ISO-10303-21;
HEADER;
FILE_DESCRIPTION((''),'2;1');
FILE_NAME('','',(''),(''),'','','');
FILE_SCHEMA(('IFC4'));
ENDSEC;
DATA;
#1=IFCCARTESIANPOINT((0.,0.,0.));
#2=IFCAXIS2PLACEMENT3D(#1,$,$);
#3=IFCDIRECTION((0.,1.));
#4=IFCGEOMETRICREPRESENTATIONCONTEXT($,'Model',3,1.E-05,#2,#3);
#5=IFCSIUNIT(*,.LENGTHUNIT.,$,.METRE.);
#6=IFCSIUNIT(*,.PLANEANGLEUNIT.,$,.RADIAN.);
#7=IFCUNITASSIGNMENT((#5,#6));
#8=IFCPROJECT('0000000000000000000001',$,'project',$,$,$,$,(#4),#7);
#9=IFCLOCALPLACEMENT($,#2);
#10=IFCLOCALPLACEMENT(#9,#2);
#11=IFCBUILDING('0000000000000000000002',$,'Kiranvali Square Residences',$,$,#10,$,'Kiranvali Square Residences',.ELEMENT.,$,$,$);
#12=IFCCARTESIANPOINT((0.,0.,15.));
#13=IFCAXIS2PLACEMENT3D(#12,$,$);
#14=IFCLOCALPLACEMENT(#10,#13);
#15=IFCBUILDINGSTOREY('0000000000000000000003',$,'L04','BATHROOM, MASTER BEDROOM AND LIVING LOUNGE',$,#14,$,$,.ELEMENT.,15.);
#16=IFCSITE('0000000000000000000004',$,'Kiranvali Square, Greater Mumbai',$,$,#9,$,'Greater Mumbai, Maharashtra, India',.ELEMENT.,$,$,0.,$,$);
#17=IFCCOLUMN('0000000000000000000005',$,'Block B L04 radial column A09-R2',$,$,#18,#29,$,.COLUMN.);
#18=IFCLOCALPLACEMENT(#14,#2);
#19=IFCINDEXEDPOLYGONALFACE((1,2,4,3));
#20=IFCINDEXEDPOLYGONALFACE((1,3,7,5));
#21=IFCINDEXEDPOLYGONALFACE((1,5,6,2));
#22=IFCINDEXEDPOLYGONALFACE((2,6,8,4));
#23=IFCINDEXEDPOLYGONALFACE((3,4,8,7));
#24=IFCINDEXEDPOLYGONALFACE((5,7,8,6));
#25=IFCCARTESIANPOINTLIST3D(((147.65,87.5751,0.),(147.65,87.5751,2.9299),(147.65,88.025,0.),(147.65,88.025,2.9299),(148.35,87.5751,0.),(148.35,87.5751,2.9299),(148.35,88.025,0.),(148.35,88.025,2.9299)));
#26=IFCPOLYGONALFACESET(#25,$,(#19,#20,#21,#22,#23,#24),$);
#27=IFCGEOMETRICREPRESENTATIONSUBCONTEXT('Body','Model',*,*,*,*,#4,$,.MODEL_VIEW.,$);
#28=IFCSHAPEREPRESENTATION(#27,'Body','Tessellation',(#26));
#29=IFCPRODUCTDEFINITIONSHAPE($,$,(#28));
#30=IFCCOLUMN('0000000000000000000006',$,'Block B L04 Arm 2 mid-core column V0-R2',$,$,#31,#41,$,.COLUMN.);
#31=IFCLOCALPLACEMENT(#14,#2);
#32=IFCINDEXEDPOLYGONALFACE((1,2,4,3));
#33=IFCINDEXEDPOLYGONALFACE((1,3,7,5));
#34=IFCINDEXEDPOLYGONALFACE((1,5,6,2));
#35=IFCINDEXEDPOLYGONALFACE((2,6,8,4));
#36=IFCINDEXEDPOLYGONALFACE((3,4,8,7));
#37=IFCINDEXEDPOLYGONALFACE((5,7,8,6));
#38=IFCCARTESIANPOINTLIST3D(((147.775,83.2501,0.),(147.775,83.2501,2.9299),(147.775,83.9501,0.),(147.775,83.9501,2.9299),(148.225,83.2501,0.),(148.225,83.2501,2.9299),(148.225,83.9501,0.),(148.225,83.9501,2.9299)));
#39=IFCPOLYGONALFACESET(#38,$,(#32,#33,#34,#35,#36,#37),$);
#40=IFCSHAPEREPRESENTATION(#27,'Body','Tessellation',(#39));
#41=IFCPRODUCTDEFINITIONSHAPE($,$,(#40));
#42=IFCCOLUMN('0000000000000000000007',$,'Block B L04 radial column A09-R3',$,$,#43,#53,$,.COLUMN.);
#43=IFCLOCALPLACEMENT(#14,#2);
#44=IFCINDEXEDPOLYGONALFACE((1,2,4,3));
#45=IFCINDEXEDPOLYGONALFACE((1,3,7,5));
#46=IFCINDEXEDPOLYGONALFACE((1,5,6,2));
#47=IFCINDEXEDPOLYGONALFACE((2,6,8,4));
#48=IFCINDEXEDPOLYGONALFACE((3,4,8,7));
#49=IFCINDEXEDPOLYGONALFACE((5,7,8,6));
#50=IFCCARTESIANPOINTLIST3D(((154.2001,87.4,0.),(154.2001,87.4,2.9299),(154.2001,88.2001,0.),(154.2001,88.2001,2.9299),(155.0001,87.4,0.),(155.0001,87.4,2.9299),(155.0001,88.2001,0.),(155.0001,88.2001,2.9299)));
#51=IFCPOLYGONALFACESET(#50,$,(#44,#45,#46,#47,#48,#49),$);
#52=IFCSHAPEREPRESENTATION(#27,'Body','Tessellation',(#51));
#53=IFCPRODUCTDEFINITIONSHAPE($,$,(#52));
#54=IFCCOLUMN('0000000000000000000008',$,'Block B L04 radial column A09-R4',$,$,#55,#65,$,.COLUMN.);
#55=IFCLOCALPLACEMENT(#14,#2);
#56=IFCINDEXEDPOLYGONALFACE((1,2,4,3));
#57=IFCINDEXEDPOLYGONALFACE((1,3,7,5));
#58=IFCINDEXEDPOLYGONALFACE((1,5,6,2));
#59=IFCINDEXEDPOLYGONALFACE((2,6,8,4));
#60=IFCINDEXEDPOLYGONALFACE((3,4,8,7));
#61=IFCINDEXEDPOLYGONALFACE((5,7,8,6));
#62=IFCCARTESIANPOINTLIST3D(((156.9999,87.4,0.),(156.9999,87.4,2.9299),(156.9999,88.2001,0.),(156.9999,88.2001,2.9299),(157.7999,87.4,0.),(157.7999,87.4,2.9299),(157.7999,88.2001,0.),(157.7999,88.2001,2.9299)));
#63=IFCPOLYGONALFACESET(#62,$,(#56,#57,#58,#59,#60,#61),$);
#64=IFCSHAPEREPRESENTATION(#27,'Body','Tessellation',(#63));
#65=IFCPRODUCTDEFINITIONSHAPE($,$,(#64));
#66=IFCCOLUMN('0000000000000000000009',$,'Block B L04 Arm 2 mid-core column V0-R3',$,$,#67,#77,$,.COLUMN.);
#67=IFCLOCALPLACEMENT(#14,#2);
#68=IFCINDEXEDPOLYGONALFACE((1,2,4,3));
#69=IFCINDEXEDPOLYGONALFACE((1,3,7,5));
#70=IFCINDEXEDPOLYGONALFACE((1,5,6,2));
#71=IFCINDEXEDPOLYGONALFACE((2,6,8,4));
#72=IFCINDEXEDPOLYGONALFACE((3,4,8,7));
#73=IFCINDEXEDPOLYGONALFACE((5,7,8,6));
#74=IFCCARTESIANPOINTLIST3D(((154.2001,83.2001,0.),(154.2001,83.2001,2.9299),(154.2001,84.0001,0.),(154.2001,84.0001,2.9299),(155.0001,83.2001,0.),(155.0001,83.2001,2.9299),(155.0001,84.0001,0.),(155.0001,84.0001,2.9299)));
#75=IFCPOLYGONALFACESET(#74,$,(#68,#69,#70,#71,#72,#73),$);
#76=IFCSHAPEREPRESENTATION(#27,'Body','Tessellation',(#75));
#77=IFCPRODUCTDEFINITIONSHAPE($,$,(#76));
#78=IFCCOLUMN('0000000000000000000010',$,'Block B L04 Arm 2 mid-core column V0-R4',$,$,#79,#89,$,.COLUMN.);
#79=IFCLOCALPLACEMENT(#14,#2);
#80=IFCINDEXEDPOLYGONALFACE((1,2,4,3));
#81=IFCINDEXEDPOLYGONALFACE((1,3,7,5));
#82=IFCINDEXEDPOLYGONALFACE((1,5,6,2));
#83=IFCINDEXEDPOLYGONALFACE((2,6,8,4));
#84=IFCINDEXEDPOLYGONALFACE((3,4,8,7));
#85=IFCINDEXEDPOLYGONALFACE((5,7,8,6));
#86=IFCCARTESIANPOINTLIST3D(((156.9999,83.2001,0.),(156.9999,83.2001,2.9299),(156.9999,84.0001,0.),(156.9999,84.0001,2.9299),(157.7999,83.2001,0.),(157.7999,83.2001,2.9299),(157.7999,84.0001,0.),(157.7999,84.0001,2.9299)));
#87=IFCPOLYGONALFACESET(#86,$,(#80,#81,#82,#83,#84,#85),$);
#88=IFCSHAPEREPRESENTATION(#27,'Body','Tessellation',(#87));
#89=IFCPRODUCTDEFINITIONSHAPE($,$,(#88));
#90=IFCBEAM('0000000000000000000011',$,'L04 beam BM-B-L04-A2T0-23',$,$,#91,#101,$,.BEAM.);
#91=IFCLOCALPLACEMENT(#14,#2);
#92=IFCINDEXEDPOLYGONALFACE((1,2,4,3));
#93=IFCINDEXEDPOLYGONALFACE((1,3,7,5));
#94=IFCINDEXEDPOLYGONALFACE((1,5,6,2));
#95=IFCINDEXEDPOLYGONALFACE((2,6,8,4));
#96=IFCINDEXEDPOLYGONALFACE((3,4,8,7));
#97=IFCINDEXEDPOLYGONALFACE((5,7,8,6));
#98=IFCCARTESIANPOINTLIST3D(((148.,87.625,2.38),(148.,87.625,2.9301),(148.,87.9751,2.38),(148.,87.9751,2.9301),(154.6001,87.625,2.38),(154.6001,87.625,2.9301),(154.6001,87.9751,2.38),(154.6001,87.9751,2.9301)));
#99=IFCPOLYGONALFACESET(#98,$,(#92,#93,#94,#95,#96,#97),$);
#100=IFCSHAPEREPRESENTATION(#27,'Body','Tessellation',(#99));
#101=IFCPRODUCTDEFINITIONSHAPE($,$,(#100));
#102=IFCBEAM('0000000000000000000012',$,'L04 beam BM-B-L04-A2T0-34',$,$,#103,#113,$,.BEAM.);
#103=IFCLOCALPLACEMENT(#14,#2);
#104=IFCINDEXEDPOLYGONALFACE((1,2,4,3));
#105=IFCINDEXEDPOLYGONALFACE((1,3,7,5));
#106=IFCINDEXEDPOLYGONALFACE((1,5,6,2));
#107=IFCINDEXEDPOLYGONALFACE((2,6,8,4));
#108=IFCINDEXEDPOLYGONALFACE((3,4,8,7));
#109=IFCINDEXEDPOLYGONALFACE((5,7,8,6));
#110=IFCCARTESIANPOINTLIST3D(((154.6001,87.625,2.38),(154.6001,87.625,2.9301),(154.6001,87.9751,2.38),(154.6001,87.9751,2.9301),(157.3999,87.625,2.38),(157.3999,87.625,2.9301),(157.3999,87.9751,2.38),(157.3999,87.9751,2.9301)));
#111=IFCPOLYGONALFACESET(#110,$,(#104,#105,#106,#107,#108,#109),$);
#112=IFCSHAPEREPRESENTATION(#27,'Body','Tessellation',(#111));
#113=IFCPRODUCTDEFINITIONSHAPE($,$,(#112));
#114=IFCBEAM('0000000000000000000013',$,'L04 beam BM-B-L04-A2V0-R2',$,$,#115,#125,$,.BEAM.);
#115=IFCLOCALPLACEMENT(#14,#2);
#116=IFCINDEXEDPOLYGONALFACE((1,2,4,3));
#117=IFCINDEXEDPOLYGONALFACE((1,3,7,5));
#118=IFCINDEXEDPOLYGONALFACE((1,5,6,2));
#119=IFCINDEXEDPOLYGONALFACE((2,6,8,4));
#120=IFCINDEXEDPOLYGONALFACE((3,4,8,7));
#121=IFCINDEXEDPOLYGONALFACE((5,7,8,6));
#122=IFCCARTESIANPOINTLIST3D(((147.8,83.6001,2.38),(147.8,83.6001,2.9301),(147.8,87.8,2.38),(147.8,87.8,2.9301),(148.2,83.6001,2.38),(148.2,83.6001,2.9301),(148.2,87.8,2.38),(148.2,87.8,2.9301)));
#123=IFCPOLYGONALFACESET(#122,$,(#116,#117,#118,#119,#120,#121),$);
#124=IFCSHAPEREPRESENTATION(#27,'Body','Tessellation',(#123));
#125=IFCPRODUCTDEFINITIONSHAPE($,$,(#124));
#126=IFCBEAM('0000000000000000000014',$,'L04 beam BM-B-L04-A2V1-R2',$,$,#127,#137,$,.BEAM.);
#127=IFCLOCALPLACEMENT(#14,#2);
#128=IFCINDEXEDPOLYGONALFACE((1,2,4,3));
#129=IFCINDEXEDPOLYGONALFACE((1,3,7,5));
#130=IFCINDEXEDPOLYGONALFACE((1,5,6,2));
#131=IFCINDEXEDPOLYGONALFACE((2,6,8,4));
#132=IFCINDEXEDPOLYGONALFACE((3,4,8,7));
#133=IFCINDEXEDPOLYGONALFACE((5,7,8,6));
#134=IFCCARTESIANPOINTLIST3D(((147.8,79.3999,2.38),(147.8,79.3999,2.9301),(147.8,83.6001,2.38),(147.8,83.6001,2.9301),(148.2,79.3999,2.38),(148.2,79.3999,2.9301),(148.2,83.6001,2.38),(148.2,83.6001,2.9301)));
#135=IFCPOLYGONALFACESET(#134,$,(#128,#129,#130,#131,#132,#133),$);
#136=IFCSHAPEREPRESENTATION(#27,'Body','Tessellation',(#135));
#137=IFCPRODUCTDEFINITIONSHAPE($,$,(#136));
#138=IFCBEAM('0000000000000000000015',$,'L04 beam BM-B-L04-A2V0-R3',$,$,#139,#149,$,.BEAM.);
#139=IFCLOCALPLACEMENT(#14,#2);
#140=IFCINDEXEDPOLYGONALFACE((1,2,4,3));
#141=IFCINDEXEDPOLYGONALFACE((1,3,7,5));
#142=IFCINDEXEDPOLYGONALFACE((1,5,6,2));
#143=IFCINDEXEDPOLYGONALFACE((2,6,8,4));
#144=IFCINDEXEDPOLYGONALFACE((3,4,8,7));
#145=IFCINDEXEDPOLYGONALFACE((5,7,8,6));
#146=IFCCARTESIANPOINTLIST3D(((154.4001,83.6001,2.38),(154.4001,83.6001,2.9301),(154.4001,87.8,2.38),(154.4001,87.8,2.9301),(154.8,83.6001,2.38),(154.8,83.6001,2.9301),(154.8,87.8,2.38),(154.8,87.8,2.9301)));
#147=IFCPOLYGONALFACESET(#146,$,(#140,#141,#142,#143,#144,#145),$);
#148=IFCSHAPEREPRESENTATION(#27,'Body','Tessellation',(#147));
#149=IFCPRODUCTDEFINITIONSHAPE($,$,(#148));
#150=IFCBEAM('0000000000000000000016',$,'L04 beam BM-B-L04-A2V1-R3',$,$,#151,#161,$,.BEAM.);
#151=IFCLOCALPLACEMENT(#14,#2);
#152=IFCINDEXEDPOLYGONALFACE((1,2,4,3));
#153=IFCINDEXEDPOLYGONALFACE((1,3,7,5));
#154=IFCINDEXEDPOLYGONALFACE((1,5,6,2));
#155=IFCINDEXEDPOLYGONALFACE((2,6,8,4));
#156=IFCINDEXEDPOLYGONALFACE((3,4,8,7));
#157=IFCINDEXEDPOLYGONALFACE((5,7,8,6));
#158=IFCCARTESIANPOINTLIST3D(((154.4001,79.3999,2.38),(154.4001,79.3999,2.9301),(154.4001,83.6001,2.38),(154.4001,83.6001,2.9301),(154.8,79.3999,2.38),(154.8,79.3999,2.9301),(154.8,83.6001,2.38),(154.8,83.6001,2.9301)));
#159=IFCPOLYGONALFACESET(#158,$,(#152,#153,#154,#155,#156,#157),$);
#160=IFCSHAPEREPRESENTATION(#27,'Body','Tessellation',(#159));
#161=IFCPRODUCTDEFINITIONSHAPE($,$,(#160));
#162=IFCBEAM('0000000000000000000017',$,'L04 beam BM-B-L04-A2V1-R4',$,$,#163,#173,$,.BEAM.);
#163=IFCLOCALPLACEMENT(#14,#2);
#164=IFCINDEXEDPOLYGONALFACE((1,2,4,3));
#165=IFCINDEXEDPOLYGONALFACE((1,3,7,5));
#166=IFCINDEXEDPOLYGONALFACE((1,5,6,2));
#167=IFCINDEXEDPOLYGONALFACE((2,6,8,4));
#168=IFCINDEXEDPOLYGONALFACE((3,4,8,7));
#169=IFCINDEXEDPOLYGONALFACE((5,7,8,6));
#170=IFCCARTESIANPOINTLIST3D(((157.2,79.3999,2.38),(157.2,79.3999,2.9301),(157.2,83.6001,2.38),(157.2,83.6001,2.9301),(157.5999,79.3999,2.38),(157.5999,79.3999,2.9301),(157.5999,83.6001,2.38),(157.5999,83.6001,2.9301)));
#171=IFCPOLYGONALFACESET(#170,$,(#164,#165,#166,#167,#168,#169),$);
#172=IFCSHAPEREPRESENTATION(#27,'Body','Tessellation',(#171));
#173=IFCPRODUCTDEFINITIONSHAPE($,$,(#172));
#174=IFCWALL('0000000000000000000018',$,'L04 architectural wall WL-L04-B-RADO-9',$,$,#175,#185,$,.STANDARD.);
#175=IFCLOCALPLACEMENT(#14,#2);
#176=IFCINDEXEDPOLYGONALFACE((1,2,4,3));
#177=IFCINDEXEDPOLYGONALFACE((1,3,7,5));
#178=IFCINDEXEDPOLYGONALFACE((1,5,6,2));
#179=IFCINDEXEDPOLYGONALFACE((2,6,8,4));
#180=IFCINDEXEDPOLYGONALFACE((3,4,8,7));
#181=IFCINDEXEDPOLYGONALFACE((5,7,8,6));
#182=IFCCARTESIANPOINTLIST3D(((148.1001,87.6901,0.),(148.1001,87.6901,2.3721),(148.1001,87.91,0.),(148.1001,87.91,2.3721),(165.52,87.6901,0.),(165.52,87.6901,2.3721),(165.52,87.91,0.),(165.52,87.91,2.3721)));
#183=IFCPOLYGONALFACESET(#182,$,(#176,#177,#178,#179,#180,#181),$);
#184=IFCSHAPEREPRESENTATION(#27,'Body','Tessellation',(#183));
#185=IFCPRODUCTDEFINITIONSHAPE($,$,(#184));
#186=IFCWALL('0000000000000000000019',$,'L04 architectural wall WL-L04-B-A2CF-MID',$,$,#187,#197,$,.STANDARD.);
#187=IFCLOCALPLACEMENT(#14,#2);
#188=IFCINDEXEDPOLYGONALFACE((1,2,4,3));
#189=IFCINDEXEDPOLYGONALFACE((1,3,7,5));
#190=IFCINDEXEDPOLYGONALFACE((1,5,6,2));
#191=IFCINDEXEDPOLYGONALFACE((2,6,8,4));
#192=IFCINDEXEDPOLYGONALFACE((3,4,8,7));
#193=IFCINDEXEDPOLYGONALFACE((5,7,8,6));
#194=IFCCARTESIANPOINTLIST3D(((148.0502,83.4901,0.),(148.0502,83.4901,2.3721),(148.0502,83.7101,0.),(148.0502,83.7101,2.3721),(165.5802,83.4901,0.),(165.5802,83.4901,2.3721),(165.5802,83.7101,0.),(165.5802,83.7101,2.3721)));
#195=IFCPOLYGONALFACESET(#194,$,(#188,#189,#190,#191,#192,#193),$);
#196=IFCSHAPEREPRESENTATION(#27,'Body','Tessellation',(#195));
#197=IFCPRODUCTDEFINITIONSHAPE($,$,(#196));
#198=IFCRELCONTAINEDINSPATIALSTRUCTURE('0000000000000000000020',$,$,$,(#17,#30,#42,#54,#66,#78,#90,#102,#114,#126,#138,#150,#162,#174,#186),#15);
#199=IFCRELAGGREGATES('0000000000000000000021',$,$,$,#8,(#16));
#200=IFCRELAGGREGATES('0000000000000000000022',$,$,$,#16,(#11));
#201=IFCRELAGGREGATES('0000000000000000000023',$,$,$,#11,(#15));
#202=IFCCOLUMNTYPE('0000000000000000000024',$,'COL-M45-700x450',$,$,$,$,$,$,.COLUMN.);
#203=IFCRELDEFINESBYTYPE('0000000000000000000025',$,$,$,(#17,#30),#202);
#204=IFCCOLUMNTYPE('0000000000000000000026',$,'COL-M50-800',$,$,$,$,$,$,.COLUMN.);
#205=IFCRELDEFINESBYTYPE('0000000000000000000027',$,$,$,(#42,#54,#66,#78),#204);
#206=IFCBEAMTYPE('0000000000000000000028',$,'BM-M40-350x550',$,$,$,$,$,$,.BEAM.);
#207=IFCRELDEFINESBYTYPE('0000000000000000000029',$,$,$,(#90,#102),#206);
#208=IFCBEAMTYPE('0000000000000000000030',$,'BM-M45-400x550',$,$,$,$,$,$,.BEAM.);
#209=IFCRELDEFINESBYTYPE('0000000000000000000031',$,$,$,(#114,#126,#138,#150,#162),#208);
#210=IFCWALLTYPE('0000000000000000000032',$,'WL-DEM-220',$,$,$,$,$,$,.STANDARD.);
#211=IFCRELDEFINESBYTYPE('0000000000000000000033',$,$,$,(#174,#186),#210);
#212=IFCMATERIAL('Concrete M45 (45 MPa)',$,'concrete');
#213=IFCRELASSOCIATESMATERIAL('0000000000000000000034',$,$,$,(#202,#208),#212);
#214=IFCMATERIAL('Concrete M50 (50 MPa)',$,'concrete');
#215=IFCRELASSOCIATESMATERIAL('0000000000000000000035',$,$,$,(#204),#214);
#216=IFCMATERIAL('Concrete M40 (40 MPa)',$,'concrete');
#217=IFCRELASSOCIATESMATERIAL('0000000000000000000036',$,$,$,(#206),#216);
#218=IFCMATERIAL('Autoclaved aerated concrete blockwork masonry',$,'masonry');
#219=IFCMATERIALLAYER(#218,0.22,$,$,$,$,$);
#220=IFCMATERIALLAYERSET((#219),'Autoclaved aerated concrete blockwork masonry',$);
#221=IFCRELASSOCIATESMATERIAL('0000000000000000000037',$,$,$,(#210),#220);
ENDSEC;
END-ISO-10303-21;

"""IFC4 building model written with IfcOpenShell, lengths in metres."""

from ifc_helpers import new_model, si_unit, direction, frame, frame_2d, origin, origin_2d, place, context, subcontext, project, spatial, rectangle, extrude, material, layer, layer_set, material_profile, profile_set, type_object, element, save


model = new_model("IFC4")

# Units and contexts
model_context = context("Model", 3, precision=1e-05, world=origin(), true_north=direction((0.0, 1.0)))
body_context = subcontext(model_context, "Body", "Model", "MODEL_VIEW")
ifc_project = project(units=[si_unit("LENGTHUNIT", "METRE"), si_unit("PLANEANGLEUNIT", "RADIAN")], contexts=[model_context])

# Site, building, storey
site_placement = place(None, origin())
site = spatial("IfcSite", under=ifc_project, at=site_placement, Name="Kiranvali Square, Greater Mumbai", LongName="Greater Mumbai, Maharashtra, India", CompositionType="ELEMENT", RefElevation=0.0)
building_placement = place(site_placement, origin())
building = spatial("IfcBuilding", under=site, at=building_placement, Name="Kiranvali Square Residences", LongName="Kiranvali Square Residences", CompositionType="ELEMENT")
storey_placement = place(building_placement, frame((0.0, 0.0, 15.0)))
storey = spatial("IfcBuildingStorey", under=building, at=storey_placement, Name="L04", Description="BATHROOM, MASTER BEDROOM AND LIVING LOUNGE", CompositionType="ELEMENT", Elevation=15.0)

# Columns
ifc_material_1 = material(Name="Concrete M45 (45 MPa)", Category="concrete")
ifc_material_profile_1 = material_profile(ifc_material_1, rectangle(XDim=0.45, YDim=0.7, at=origin_2d()), Name="RC 700x450")
ifc_profile_set_1 = profile_set([ifc_material_profile_1], Name="Concrete M45 (45 MPa)")
column_type_1 = type_object("IfcColumnType", Name="COL-M45-700x450", PredefinedType="COLUMN", material=ifc_profile_set_1)
for number, where, z_axis, x_axis, name in (
    (1, (148.0, 87.8, 0.0), (0.0, 0.0, 1.0), (0.0, 1.0, 0.0), "Block B L04 radial column A09-R2"),
    (2, (148.0, 83.6001, 0.0), (0.0, 0.0, 1.0), (1.0, 0.0, 0.0), "Block B L04 Arm 2 mid-core column V0-R2"),
):
    element("IfcColumn", number, at=place(storey_placement, frame(where, z_axis=z_axis, x_axis=x_axis)), inside=storey, type_object=column_type_1, Name=name, PredefinedType="COLUMN", context=body_context, shape_type="SweptSolid", body=[
        extrude(rectangle(XDim=0.45, YDim=0.7, at=origin_2d()), origin(), (0.0, 0.0, 1.0), 2.9299),
    ])
ifc_material_2 = material(Name="Concrete M50 (50 MPa)", Category="concrete")
ifc_material_profile_2 = material_profile(ifc_material_2, rectangle(XDim=0.8, YDim=0.8, at=origin_2d()), Name="RC 800x800")
ifc_profile_set_2 = profile_set([ifc_material_profile_2], Name="Concrete M50 (50 MPa)")
column_type_2 = type_object("IfcColumnType", Name="COL-M50-800", PredefinedType="COLUMN", material=ifc_profile_set_2)
for number, where, z_axis, x_axis, name in (
    (3, (154.6001, 87.8, 0.0), (0.0, 0.0, 1.0), (0.0, 1.0, 0.0), "Block B L04 radial column A09-R3"),
    (4, (157.3999, 87.8, 0.0), (0.0, 0.0, 1.0), (0.0, 1.0, 0.0), "Block B L04 radial column A09-R4"),
    (5, (154.6001, 83.6001, 0.0), (0.0, 0.0, 1.0), (1.0, 0.0, 0.0), "Block B L04 Arm 2 mid-core column V0-R3"),
    (6, (157.3999, 83.6001, 0.0), (0.0, 0.0, 1.0), (1.0, 0.0, 0.0), "Block B L04 Arm 2 mid-core column V0-R4"),
):
    element("IfcColumn", number, at=place(storey_placement, frame(where, z_axis=z_axis, x_axis=x_axis)), inside=storey, type_object=column_type_2, Name=name, PredefinedType="COLUMN", context=body_context, shape_type="SweptSolid", body=[
        extrude(rectangle(XDim=0.8, YDim=0.8, at=origin_2d()), origin(), (0.0, 0.0, 1.0), 2.9299),
    ])

# Beams
ifc_material_3 = material(Name="Concrete M40 (40 MPa)", Category="concrete")
ifc_material_profile_3 = material_profile(ifc_material_3, rectangle(XDim=0.3501, YDim=0.55, at=origin_2d()), Name="RC 350x550")
ifc_profile_set_3 = profile_set([ifc_material_profile_3], Name="Concrete M40 (40 MPa)")
beam_type_1 = type_object("IfcBeamType", Name="BM-M40-350x550", PredefinedType="BEAM", material=ifc_profile_set_3)
beam_1_placement = place(storey_placement, frame((148.0, 87.8, 2.655), z_axis=(1.0, 0.0, 0.0), x_axis=(0.0, 1.0, 0.0)))
element("IfcBeam", 7, at=beam_1_placement, inside=storey, type_object=beam_type_1, Name="L04 beam BM-B-L04-A2T0-23", PredefinedType="BEAM", context=body_context, shape_type="SweptSolid", body=[
    extrude(rectangle(XDim=0.3501, YDim=0.55, at=origin_2d()), origin(), (0.0, 0.0, 1.0), 6.6001),
])
beam_2_placement = place(storey_placement, frame((154.6001, 87.8, 2.655), z_axis=(1.0, 0.0, 0.0), x_axis=(0.0, 1.0, 0.0)))
element("IfcBeam", 8, at=beam_2_placement, inside=storey, type_object=beam_type_1, Name="L04 beam BM-B-L04-A2T0-34", PredefinedType="BEAM", context=body_context, shape_type="SweptSolid", body=[
    extrude(rectangle(XDim=0.3501, YDim=0.55, at=origin_2d()), origin(), (0.0, 0.0, 1.0), 2.7998),
])
ifc_material_profile_4 = material_profile(ifc_material_1, rectangle(XDim=0.3999, YDim=0.55, at=origin_2d()), Name="RC 400x550")
ifc_profile_set_4 = profile_set([ifc_material_profile_4], Name="Concrete M45 (45 MPa)")
beam_type_2 = type_object("IfcBeamType", Name="BM-M45-400x550", PredefinedType="BEAM", material=ifc_profile_set_4)
beam_3_placement = place(storey_placement, frame((148.0, 87.8, 2.655), z_axis=(0.0, -1.0, 0.0), x_axis=(1.0, 0.0, 0.0)))
element("IfcBeam", 9, at=beam_3_placement, inside=storey, type_object=beam_type_2, Name="L04 beam BM-B-L04-A2V0-R2", PredefinedType="BEAM", context=body_context, shape_type="SweptSolid", body=[
    extrude(rectangle(XDim=0.3999, YDim=0.55, at=origin_2d()), origin(), (0.0, 0.0, 1.0), 4.2),
])
beam_4_placement = place(storey_placement, frame((148.0, 83.6001, 2.655), z_axis=(0.0, -1.0, 0.0), x_axis=(1.0, 0.0, 0.0)))
element("IfcBeam", 10, at=beam_4_placement, inside=storey, type_object=beam_type_2, Name="L04 beam BM-B-L04-A2V1-R2", PredefinedType="BEAM", context=body_context, shape_type="SweptSolid", body=[
    extrude(rectangle(XDim=0.3999, YDim=0.55, at=origin_2d()), origin(), (0.0, 0.0, 1.0), 4.2002),
])
beam_5_placement = place(storey_placement, frame((154.6001, 87.8, 2.655), z_axis=(0.0, -1.0, 0.0), x_axis=(1.0, 0.0, 0.0)))
element("IfcBeam", 11, at=beam_5_placement, inside=storey, type_object=beam_type_2, Name="L04 beam BM-B-L04-A2V0-R3", PredefinedType="BEAM", context=body_context, shape_type="SweptSolid", body=[
    extrude(rectangle(XDim=0.3999, YDim=0.55, at=origin_2d()), origin(), (0.0, 0.0, 1.0), 4.2),
])
for number, where, z_axis, x_axis, name in (
    (12, (154.6001, 83.6001, 2.655), (0.0, -1.0, 0.0), (1.0, 0.0, 0.0), "L04 beam BM-B-L04-A2V1-R3"),
    (13, (157.3999, 83.6001, 2.655), (0.0, -1.0, 0.0), (1.0, 0.0, 0.0), "L04 beam BM-B-L04-A2V1-R4"),
):
    element("IfcBeam", number, at=place(storey_placement, frame(where, z_axis=z_axis, x_axis=x_axis)), inside=storey, type_object=beam_type_2, Name=name, PredefinedType="BEAM", context=body_context, shape_type="SweptSolid", body=[
        extrude(rectangle(XDim=0.3999, YDim=0.55, at=origin_2d()), origin(), (0.0, 0.0, 1.0), 4.2002),
    ])

# Shared definitions
ifc_material_4 = material(Name="Autoclaved aerated concrete blockwork masonry", Category="masonry")

# Walls
ifc_layer_1 = layer(ifc_material_4, 0.22)
ifc_layer_set_1 = layer_set([ifc_layer_1], Name="Autoclaved aerated concrete blockwork masonry")
wall_type_1 = type_object("IfcWallType", Name="WL-DEM-220", PredefinedType="STANDARD", material=ifc_layer_set_1)
wall_1_placement = place(storey_placement, frame((148.1001, 87.8, 0.0), z_axis=(0.0, 0.0, 1.0), x_axis=(1.0, 0.0, 0.0)))
element("IfcWall", 14, at=wall_1_placement, inside=storey, type_object=wall_type_1, Name="L04 architectural wall WL-L04-B-RADO-9", PredefinedType="STANDARD", context=body_context, shape_type="SweptSolid", body=[
    extrude(rectangle(XDim=17.4199, YDim=0.22, at=frame_2d((8.71, 0.0))), origin(), (0.0, 0.0, 1.0), 2.3721),
])
wall_2_placement = place(storey_placement, frame((148.05, 83.6001, 0.0), z_axis=(0.0, 0.0, 1.0), x_axis=(1.0, 0.0, 0.0)))
element("IfcWall", 15, at=wall_2_placement, inside=storey, type_object=wall_type_1, Name="L04 architectural wall WL-L04-B-A2CF-MID", PredefinedType="STANDARD", context=body_context, shape_type="SweptSolid", body=[
    extrude(rectangle(XDim=17.53, YDim=0.22, at=frame_2d((8.7651, 0.0))), origin(), (0.0, 0.0, 1.0), 2.3721),
])

save(model, "model.ifc")
